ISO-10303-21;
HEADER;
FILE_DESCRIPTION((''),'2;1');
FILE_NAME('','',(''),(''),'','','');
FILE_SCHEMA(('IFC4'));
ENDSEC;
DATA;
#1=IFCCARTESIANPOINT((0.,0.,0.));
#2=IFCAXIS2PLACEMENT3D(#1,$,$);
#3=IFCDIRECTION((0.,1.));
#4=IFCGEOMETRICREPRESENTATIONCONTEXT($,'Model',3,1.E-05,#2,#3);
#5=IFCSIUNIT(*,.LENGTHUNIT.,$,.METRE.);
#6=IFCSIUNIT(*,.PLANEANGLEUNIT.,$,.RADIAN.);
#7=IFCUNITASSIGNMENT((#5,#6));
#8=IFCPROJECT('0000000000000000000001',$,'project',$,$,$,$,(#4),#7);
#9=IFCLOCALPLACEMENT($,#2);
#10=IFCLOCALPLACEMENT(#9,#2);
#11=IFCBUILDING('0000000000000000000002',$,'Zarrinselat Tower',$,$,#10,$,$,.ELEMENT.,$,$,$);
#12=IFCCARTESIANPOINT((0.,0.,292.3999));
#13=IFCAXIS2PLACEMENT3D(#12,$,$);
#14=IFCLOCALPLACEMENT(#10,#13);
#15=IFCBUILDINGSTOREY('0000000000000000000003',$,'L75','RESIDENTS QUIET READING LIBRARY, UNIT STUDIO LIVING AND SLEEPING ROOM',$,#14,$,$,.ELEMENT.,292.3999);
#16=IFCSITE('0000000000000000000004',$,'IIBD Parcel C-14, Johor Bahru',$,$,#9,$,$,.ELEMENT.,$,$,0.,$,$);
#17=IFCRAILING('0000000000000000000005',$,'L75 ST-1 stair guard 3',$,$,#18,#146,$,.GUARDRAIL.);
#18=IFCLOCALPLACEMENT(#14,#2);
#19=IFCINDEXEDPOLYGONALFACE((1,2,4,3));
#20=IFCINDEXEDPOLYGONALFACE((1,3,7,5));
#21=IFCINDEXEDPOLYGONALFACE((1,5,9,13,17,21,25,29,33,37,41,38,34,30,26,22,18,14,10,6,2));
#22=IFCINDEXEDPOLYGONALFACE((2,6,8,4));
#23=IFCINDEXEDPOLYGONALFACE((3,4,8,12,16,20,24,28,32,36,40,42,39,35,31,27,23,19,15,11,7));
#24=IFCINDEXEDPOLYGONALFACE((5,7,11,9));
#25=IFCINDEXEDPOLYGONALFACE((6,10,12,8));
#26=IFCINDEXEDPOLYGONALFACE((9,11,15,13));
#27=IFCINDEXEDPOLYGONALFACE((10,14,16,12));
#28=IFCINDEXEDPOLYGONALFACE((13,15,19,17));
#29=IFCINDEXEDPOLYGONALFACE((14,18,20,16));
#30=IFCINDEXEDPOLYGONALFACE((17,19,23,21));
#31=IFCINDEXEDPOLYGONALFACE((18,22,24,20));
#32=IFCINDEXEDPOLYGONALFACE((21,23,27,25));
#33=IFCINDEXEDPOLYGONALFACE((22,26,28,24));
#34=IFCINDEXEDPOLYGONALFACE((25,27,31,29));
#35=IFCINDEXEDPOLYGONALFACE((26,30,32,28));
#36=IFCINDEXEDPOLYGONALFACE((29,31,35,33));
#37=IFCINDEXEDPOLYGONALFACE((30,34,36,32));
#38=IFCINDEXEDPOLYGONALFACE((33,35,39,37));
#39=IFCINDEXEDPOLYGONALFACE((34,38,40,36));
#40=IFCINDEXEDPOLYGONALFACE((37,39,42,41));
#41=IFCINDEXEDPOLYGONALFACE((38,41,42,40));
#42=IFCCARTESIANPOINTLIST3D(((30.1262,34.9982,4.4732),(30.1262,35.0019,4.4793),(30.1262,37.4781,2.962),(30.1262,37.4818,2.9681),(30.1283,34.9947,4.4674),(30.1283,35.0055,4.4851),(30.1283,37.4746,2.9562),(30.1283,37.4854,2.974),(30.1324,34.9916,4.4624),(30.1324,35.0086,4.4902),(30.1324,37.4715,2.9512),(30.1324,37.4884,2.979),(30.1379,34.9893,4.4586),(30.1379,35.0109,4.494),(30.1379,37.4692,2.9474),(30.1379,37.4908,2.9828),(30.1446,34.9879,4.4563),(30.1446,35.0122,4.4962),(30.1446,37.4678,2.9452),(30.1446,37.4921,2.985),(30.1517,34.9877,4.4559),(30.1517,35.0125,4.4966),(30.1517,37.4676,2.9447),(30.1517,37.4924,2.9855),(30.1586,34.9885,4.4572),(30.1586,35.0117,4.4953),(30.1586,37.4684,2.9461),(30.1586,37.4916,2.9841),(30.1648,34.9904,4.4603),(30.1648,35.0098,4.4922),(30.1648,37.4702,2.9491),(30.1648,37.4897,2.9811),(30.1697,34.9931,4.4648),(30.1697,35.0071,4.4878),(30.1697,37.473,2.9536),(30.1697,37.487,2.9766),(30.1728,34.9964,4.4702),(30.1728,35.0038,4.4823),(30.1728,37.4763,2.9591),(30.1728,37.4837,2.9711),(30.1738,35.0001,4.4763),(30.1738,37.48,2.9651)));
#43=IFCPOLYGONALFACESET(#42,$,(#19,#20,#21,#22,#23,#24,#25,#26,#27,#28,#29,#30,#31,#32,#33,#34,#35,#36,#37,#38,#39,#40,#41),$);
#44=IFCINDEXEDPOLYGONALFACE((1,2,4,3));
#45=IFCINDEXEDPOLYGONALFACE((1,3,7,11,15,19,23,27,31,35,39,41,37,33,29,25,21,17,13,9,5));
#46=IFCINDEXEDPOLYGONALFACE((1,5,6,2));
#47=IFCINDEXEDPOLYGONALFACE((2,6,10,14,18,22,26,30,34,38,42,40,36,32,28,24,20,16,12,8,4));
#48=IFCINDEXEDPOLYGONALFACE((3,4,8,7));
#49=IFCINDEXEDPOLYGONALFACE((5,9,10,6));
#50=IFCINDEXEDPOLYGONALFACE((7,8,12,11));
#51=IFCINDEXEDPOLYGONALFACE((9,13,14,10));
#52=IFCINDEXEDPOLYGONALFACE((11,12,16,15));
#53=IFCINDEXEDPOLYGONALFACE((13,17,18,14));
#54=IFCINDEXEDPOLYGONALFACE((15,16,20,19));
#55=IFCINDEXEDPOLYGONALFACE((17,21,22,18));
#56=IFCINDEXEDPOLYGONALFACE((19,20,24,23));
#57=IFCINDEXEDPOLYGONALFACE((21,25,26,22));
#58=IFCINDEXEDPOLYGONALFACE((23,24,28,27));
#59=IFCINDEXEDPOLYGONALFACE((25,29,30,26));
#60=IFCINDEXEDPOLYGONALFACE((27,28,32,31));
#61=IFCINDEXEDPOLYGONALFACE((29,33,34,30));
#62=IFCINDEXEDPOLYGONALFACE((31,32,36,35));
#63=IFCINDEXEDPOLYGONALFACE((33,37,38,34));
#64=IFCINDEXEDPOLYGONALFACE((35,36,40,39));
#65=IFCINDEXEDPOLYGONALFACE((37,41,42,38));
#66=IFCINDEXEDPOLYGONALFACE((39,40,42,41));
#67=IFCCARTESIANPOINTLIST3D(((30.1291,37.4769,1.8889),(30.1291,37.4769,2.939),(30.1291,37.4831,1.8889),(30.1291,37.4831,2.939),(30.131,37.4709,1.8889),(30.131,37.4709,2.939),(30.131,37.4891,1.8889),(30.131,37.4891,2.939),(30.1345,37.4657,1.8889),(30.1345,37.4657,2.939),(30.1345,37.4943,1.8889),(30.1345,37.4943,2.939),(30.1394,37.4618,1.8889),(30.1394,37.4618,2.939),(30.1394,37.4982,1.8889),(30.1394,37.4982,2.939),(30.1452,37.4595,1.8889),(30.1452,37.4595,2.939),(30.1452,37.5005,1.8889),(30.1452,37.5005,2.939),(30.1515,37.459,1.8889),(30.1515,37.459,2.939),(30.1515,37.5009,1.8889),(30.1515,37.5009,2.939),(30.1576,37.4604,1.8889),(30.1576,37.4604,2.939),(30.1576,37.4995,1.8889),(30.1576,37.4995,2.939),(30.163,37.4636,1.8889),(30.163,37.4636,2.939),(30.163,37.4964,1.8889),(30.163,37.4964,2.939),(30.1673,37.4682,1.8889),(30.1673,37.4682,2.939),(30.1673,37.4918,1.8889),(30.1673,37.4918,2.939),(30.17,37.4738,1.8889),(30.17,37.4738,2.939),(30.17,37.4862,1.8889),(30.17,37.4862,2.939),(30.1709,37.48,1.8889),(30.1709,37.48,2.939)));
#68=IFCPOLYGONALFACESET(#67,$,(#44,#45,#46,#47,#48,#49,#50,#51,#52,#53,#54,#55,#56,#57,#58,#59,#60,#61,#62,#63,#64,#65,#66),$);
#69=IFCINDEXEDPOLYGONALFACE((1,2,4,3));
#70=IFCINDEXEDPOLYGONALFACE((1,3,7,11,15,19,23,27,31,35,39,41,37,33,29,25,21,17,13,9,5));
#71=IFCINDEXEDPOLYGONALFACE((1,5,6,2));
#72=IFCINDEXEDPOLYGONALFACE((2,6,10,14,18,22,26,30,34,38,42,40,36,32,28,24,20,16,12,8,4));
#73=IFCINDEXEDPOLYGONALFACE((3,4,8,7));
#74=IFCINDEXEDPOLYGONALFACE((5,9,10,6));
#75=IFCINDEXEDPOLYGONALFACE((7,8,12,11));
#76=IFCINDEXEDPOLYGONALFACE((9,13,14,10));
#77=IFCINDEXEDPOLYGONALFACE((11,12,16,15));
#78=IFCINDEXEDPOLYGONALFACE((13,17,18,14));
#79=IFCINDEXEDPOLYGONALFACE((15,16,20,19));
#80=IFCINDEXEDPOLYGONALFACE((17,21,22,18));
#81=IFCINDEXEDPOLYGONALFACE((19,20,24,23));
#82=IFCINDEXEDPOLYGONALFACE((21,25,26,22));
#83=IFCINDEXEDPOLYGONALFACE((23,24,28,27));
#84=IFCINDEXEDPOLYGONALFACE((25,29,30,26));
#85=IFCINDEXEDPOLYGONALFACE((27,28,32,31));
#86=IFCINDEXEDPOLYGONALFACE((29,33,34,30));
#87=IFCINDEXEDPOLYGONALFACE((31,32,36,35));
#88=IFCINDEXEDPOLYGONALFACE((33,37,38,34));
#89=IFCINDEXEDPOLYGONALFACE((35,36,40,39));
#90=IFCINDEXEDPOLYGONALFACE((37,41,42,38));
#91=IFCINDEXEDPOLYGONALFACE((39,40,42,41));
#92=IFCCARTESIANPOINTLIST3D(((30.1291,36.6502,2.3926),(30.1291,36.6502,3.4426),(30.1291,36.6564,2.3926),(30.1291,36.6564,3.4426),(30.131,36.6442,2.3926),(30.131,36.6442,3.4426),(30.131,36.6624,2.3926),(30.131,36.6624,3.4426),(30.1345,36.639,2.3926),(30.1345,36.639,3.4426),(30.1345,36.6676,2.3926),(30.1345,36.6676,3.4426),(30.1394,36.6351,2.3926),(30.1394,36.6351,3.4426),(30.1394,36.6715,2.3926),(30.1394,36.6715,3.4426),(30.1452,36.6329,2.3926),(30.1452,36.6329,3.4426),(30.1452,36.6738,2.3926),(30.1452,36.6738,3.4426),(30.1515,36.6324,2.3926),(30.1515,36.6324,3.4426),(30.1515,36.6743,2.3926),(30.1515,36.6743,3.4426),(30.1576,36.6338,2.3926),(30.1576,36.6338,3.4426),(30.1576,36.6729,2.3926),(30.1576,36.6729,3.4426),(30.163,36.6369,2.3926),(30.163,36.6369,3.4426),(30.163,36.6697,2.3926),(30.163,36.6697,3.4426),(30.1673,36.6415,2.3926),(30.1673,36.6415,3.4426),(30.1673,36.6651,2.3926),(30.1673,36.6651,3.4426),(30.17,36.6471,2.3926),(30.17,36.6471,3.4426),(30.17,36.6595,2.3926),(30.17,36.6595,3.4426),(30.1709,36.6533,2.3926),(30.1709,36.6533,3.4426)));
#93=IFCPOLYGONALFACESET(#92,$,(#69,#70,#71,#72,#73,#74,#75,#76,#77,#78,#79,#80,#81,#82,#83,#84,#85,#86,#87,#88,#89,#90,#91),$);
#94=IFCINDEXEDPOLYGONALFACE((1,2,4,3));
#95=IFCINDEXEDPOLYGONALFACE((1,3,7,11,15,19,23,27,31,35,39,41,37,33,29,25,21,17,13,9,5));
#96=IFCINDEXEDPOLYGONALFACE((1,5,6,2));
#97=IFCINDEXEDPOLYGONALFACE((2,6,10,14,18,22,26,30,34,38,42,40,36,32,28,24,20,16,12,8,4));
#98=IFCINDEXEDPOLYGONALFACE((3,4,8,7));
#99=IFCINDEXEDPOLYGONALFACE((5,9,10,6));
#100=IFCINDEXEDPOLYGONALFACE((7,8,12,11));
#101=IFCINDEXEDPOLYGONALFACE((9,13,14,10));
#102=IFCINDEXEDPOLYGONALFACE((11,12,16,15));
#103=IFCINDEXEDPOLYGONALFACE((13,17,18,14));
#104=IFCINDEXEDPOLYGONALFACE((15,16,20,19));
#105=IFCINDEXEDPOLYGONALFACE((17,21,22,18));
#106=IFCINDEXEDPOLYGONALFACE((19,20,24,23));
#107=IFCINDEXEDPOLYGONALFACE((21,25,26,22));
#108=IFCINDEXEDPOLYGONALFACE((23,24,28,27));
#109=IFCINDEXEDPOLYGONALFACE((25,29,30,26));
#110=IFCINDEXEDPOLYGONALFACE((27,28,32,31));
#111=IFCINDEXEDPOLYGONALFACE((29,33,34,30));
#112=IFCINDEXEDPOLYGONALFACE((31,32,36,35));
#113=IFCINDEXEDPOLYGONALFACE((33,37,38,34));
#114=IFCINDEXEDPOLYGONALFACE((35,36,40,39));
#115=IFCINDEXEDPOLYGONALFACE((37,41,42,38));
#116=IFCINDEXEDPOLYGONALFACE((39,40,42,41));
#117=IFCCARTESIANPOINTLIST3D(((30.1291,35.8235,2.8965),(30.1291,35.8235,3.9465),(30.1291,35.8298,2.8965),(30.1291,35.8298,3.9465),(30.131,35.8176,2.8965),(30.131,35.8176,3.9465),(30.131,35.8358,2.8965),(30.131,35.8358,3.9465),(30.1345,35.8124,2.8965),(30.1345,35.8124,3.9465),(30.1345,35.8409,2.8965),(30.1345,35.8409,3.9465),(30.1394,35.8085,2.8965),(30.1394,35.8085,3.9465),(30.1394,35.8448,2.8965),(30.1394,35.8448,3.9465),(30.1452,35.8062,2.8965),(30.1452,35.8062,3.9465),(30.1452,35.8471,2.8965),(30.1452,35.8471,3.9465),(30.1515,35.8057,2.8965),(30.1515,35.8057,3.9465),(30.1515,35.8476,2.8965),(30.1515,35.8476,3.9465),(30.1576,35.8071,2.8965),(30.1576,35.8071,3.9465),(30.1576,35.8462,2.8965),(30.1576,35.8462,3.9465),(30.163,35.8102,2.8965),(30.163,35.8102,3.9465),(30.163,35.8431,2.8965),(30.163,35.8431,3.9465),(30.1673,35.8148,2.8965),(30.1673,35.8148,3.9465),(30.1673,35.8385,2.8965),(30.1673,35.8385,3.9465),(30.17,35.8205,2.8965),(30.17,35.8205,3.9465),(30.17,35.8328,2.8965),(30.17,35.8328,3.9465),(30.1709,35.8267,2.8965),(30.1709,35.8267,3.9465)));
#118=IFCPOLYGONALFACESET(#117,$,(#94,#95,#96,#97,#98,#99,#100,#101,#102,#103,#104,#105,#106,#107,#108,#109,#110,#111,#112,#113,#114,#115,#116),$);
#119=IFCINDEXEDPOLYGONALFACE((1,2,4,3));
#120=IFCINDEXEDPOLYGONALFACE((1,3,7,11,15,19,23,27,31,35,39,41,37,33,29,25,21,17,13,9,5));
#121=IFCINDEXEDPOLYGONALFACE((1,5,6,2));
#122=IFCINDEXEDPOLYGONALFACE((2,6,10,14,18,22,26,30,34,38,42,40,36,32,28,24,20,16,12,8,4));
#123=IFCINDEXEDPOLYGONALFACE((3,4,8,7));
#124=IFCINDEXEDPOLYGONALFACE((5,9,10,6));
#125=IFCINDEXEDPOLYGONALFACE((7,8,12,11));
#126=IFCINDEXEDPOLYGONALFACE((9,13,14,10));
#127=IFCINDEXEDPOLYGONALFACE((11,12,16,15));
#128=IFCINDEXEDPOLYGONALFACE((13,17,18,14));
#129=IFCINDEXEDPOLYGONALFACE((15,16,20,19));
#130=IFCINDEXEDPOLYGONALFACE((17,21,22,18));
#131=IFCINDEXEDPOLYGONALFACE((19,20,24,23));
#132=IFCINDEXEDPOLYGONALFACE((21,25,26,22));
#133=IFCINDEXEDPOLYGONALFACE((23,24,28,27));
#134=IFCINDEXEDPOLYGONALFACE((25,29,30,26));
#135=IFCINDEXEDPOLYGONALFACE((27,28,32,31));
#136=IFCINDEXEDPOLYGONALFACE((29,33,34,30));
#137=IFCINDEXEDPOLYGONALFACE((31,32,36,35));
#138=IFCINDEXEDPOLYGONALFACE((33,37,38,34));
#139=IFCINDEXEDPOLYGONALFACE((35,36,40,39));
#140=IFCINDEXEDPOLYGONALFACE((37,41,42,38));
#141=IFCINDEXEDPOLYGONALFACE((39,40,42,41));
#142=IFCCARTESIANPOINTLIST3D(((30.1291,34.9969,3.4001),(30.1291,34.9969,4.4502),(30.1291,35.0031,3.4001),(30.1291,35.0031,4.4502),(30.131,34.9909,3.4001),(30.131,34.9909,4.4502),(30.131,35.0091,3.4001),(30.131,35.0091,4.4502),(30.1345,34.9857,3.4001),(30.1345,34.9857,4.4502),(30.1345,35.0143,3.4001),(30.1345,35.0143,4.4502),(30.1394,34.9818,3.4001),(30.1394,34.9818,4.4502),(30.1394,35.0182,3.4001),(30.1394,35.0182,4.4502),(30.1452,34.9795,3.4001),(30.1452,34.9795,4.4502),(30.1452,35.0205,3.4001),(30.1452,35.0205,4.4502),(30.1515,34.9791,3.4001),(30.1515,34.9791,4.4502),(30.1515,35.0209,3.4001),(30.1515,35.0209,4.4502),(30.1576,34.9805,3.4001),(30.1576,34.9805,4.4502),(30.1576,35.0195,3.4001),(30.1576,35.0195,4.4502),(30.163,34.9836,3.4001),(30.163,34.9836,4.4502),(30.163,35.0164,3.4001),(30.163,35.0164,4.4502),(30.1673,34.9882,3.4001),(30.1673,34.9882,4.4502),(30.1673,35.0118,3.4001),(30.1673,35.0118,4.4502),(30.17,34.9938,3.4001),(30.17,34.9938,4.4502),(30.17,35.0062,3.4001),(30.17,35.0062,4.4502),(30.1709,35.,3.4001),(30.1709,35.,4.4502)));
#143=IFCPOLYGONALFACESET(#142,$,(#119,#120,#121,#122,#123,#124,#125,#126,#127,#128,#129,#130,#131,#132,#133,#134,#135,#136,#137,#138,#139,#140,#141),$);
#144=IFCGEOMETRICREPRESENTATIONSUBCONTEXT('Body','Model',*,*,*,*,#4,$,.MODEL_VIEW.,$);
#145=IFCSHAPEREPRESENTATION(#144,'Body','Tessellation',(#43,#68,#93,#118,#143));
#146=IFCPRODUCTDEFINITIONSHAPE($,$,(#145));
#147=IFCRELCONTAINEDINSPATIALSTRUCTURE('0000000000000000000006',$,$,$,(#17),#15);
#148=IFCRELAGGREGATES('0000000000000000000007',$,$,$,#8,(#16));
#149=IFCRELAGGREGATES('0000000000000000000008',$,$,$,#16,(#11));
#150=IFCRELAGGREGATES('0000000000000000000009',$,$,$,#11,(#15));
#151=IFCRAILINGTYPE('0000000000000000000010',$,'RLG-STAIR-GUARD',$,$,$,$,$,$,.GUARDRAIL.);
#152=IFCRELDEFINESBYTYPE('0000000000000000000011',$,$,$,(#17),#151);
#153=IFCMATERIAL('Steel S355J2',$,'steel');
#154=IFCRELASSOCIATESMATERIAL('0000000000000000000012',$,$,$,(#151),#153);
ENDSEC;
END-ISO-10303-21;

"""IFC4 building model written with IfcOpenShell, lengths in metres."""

from ifc_helpers import new_model, si_unit, direction, frame, origin, origin_2d, place, context, subcontext, project, spatial, circle, extrude, material, type_object, element, save


model = new_model("IFC4")

# Units and contexts
model_context = context("Model", 3, precision=1e-05, world=origin(), true_north=direction((0.0, 1.0)))
body_context = subcontext(model_context, "Body", "Model", "MODEL_VIEW")
ifc_project = project(units=[si_unit("LENGTHUNIT", "METRE"), si_unit("PLANEANGLEUNIT", "RADIAN")], contexts=[model_context])

# Site, building, storey
site_placement = place(None, origin())
site = spatial("IfcSite", under=ifc_project, at=site_placement, Name="IIBD Parcel C-14, Johor Bahru", CompositionType="ELEMENT", RefElevation=0.0)
building_placement = place(site_placement, origin())
building = spatial("IfcBuilding", under=site, at=building_placement, Name="Zarrinselat Tower", CompositionType="ELEMENT")
storey_placement = place(building_placement, frame((0.0, 0.0, 292.3999)))
storey = spatial("IfcBuildingStorey", under=building, at=storey_placement, Name="L75", Description="RESIDENTS QUIET READING LIBRARY, UNIT STUDIO LIVING AND SLEEPING ROOM", CompositionType="ELEMENT", Elevation=292.3999)

# Railing
ifc_material_1 = material(Name="Steel S355J2", Category="steel")
railing_type_1 = type_object("IfcRailingType", Name="RLG-STAIR-GUARD", PredefinedType="GUARDRAIL", material=ifc_material_1)
railing_1_placement = place(storey_placement, frame((30.1499, 37.48, 1.8889)))
element("IfcRailing", 1, at=railing_1_placement, inside=storey, type_object=railing_type_1, Name="L75 ST-1 stair guard 3", PredefinedType="GUARDRAIL", context=body_context, shape_type="SweptSolid", body=[
    extrude(circle(Radius=0.0239, at=origin_2d()), frame((0.0, 0.0, 1.0762), z_axis=(0.0, -0.853942, 0.520368), x_axis=(1.0, 0.0, 0.0)), (0.0, 0.0, 1.0), 2.9041),
    extrude(circle(Radius=0.021, at=origin_2d()), origin(), (0.0, 0.0, 1.0), 1.05),
    extrude(circle(Radius=0.021, at=origin_2d()), frame((0.0, -0.8267, 0.5037)), (0.0, 0.0, 1.0), 1.05),
    extrude(circle(Radius=0.021, at=origin_2d()), frame((0.0, -1.6533, 1.0076)), (0.0, 0.0, 1.0), 1.05),
    extrude(circle(Radius=0.021, at=origin_2d()), frame((0.0, -2.48, 1.5112)), (0.0, 0.0, 1.0), 1.05),
])

save(model, "model.ifc")
